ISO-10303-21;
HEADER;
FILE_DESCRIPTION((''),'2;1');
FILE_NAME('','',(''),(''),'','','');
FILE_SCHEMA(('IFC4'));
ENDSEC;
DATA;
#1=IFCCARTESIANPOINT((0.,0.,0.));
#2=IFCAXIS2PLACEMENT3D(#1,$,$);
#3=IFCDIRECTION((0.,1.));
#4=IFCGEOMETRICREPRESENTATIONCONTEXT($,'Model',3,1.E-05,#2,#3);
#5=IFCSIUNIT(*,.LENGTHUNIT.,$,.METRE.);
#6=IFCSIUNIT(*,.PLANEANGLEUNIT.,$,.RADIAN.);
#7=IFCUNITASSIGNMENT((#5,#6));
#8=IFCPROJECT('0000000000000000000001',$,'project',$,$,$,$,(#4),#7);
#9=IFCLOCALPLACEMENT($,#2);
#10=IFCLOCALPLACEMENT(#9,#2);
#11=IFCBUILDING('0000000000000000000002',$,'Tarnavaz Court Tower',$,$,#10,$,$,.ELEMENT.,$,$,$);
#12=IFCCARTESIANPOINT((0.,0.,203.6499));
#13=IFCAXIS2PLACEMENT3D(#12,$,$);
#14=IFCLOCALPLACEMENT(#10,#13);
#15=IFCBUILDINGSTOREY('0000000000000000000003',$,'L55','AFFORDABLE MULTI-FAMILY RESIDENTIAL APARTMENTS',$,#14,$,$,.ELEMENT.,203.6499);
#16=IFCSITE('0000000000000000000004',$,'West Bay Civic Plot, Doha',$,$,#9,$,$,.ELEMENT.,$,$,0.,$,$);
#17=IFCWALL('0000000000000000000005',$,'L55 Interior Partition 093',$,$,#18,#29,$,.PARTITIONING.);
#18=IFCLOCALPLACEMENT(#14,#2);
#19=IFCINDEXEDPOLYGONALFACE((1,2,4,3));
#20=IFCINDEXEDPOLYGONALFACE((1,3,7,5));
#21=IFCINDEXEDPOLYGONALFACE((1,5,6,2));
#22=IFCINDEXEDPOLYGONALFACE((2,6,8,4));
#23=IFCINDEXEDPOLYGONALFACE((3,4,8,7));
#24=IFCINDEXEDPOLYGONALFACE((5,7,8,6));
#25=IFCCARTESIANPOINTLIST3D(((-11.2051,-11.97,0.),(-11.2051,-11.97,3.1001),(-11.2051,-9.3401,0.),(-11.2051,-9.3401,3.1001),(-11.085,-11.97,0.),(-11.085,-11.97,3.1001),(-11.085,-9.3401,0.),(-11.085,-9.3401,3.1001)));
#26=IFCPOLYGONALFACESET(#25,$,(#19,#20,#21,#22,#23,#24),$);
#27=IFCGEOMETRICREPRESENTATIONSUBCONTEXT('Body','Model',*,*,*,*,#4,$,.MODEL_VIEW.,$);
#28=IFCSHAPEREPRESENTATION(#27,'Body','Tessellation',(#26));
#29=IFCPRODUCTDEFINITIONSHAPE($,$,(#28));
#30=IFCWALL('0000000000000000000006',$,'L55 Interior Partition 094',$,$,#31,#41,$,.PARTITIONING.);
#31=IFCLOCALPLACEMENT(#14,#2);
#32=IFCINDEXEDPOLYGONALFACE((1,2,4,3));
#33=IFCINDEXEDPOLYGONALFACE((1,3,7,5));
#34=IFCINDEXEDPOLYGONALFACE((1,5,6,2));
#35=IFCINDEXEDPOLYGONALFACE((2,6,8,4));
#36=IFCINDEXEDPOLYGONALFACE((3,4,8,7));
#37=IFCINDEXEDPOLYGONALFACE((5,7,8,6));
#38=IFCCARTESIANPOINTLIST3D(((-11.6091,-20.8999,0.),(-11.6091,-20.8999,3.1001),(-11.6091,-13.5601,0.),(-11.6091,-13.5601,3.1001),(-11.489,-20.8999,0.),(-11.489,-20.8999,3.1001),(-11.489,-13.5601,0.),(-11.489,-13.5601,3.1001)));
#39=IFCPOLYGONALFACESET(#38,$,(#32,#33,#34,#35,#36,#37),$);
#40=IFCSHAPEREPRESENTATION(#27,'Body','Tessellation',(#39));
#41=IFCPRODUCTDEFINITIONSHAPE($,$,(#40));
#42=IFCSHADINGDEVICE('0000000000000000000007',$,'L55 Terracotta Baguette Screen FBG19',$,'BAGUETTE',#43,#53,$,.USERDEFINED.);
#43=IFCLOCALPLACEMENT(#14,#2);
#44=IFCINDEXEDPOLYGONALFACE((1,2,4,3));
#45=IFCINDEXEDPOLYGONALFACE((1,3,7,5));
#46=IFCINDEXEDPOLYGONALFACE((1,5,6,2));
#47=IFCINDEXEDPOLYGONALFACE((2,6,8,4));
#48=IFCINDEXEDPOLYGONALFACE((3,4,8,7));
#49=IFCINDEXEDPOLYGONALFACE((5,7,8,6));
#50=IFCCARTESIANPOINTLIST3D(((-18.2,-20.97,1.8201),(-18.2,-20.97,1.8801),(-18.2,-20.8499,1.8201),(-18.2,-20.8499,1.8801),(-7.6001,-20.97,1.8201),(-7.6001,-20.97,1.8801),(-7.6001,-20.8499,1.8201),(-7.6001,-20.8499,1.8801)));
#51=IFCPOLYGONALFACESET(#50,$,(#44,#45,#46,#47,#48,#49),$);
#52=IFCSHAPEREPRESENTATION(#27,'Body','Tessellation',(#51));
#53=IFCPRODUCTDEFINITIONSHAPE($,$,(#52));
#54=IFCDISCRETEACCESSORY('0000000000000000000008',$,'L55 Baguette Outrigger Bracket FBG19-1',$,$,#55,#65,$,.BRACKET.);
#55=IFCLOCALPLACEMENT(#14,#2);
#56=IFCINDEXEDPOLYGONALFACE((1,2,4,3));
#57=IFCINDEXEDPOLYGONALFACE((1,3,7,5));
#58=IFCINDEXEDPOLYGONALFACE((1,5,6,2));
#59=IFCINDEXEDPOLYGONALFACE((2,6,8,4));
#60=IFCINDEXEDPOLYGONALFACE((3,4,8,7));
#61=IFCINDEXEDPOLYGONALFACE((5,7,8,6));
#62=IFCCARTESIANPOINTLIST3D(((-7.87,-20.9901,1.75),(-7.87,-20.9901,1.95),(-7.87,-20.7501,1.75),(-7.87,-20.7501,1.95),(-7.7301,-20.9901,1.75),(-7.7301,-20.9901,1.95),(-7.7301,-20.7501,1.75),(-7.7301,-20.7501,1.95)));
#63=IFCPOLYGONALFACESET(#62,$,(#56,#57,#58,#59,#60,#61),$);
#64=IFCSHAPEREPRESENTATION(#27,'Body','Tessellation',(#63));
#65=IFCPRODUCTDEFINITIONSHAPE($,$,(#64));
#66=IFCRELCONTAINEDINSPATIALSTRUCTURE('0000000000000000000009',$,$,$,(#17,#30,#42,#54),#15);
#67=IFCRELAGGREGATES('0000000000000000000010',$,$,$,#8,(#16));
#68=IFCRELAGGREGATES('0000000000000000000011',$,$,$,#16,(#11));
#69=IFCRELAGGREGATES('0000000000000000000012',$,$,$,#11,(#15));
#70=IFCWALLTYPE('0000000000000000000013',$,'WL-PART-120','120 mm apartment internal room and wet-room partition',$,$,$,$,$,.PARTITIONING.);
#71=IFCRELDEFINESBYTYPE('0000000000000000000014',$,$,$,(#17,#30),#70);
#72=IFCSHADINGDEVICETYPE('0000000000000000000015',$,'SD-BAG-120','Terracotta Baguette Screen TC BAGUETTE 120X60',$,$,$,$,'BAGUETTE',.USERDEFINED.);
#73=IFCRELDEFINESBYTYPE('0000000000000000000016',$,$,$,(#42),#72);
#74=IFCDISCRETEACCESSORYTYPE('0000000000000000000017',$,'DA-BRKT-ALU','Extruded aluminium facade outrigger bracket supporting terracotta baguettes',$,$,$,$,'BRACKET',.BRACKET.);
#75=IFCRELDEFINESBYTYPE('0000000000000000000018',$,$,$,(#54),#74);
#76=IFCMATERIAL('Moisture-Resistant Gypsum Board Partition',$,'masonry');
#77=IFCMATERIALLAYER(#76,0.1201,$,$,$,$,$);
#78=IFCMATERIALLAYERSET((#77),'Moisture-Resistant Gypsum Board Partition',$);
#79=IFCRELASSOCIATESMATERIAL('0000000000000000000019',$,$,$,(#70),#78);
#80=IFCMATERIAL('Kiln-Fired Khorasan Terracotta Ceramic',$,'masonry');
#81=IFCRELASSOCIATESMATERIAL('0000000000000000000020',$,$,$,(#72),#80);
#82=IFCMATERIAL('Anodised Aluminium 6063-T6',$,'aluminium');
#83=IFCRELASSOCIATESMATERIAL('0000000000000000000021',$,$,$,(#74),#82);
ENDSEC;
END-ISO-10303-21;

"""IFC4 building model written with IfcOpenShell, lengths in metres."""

from ifc_helpers import new_model, si_unit, direction, frame, frame_2d, origin, origin_2d, place, context, subcontext, project, spatial, rectangle, extrude, material, layer, layer_set, material_profile, profile_set, type_object, element, save


model = new_model("IFC4")

# Units and contexts
model_context = context("Model", 3, precision=1e-05, world=origin(), true_north=direction((0.0, 1.0)))
body_context = subcontext(model_context, "Body", "Model", "MODEL_VIEW")
ifc_project = project(units=[si_unit("LENGTHUNIT", "METRE"), si_unit("PLANEANGLEUNIT", "RADIAN")], contexts=[model_context])

# Site, building, storey
site_placement = place(None, origin())
site = spatial("IfcSite", under=ifc_project, at=site_placement, Name="West Bay Civic Plot, Doha", CompositionType="ELEMENT", RefElevation=0.0)
building_placement = place(site_placement, origin())
building = spatial("IfcBuilding", under=site, at=building_placement, Name="Tarnavaz Court Tower", CompositionType="ELEMENT")
storey_placement = place(building_placement, frame((0.0, 0.0, 203.6499)))
storey = spatial("IfcBuildingStorey", under=building, at=storey_placement, Name="L55", Description="AFFORDABLE MULTI-FAMILY RESIDENTIAL APARTMENTS", CompositionType="ELEMENT", Elevation=203.6499)

# Shared definitions
ifc_material_1 = material(Name="Moisture-Resistant Gypsum Board Partition", Category="masonry")
ifc_layer_1 = layer(ifc_material_1, 0.1201)
ifc_layer_set_1 = layer_set([ifc_layer_1], Name="Moisture-Resistant Gypsum Board Partition")
wall_type_1 = type_object("IfcWallType", Name="WL-PART-120", Description="120 mm apartment internal room and wet-room partition", PredefinedType="PARTITIONING", material=ifc_layer_set_1)

# Walls
wall_1_placement = place(storey_placement, frame((-11.145, -11.97, 0.0), z_axis=(0.0, 0.0, 1.0), x_axis=(0.0, 1.0, 0.0)))
element("IfcWall", 1, at=wall_1_placement, inside=storey, type_object=wall_type_1, Name="L55 Interior Partition 093", PredefinedType="PARTITIONING", context=body_context, shape_type="SweptSolid", body=[
    extrude(rectangle(XDim=2.6299, YDim=0.1201, at=frame_2d((1.3149, 0.0))), origin(), (0.0, 0.0, 1.0), 3.1001),
])
wall_2_placement = place(storey_placement, frame((-11.5491, -20.8999, 0.0), z_axis=(0.0, 0.0, 1.0), x_axis=(0.0, 1.0, 0.0)))
element("IfcWall", 2, at=wall_2_placement, inside=storey, type_object=wall_type_1, Name="L55 Interior Partition 094", PredefinedType="PARTITIONING", context=body_context, shape_type="SweptSolid", body=[
    extrude(rectangle(XDim=7.3398, YDim=0.1201, at=frame_2d((3.6699, 0.0))), origin(), (0.0, 0.0, 1.0), 3.1001),
])

# Shading device
ifc_material_2 = material(Name="Kiln-Fired Khorasan Terracotta Ceramic", Category="masonry")
ifc_material_profile_1 = material_profile(ifc_material_2, rectangle(XDim=0.1201, YDim=0.0601, at=origin_2d()), Name="TC BAGUETTE 120X60")
ifc_profile_set_1 = profile_set([ifc_material_profile_1], Name="Kiln-Fired Khorasan Terracotta Ceramic")
shading_device_type = type_object("IfcShadingDeviceType", Name="SD-BAG-120", Description="Terracotta Baguette Screen TC BAGUETTE 120X60", ElementType="BAGUETTE", PredefinedType="USERDEFINED", material=ifc_profile_set_1)
shading_device_placement = place(storey_placement, frame((-7.6001, -20.9099, 1.8501), z_axis=(-1.0, 0.0, 0.0), x_axis=(0.0, -1.0, 0.0)))
element("IfcShadingDevice", 3, at=shading_device_placement, inside=storey, type_object=shading_device_type, Name="L55 Terracotta Baguette Screen FBG19", ObjectType="BAGUETTE", PredefinedType="USERDEFINED", context=body_context, shape_type="SweptSolid", body=[
    extrude(rectangle(XDim=0.1201, YDim=0.0601, at=origin_2d()), origin(), (0.0, 0.0, 1.0), 10.5999),
])

# Discrete accessory
ifc_material_3 = material(Name="Anodised Aluminium 6063-T6", Category="aluminium")
discrete_accessory_type = type_object("IfcDiscreteAccessoryType", Name="DA-BRKT-ALU", Description="Extruded aluminium facade outrigger bracket supporting terracotta baguettes", ElementType="BRACKET", PredefinedType="BRACKET", material=ifc_material_3)
discrete_accessory_placement = place(storey_placement, frame((-7.8, -20.8701, 1.75), z_axis=(0.0, 0.0, 1.0), x_axis=(-1.0, 0.0, 0.0)))
element("IfcDiscreteAccessory", 4, at=discrete_accessory_placement, inside=storey, type_object=discrete_accessory_type, Name="L55 Baguette Outrigger Bracket FBG19-1", PredefinedType="BRACKET", context=body_context, shape_type="SweptSolid", body=[
    extrude(rectangle(XDim=0.1399, YDim=0.24, at=origin_2d()), origin(), (0.0, 0.0, 1.0), 0.2),
])

save(model, "model.ifc")
